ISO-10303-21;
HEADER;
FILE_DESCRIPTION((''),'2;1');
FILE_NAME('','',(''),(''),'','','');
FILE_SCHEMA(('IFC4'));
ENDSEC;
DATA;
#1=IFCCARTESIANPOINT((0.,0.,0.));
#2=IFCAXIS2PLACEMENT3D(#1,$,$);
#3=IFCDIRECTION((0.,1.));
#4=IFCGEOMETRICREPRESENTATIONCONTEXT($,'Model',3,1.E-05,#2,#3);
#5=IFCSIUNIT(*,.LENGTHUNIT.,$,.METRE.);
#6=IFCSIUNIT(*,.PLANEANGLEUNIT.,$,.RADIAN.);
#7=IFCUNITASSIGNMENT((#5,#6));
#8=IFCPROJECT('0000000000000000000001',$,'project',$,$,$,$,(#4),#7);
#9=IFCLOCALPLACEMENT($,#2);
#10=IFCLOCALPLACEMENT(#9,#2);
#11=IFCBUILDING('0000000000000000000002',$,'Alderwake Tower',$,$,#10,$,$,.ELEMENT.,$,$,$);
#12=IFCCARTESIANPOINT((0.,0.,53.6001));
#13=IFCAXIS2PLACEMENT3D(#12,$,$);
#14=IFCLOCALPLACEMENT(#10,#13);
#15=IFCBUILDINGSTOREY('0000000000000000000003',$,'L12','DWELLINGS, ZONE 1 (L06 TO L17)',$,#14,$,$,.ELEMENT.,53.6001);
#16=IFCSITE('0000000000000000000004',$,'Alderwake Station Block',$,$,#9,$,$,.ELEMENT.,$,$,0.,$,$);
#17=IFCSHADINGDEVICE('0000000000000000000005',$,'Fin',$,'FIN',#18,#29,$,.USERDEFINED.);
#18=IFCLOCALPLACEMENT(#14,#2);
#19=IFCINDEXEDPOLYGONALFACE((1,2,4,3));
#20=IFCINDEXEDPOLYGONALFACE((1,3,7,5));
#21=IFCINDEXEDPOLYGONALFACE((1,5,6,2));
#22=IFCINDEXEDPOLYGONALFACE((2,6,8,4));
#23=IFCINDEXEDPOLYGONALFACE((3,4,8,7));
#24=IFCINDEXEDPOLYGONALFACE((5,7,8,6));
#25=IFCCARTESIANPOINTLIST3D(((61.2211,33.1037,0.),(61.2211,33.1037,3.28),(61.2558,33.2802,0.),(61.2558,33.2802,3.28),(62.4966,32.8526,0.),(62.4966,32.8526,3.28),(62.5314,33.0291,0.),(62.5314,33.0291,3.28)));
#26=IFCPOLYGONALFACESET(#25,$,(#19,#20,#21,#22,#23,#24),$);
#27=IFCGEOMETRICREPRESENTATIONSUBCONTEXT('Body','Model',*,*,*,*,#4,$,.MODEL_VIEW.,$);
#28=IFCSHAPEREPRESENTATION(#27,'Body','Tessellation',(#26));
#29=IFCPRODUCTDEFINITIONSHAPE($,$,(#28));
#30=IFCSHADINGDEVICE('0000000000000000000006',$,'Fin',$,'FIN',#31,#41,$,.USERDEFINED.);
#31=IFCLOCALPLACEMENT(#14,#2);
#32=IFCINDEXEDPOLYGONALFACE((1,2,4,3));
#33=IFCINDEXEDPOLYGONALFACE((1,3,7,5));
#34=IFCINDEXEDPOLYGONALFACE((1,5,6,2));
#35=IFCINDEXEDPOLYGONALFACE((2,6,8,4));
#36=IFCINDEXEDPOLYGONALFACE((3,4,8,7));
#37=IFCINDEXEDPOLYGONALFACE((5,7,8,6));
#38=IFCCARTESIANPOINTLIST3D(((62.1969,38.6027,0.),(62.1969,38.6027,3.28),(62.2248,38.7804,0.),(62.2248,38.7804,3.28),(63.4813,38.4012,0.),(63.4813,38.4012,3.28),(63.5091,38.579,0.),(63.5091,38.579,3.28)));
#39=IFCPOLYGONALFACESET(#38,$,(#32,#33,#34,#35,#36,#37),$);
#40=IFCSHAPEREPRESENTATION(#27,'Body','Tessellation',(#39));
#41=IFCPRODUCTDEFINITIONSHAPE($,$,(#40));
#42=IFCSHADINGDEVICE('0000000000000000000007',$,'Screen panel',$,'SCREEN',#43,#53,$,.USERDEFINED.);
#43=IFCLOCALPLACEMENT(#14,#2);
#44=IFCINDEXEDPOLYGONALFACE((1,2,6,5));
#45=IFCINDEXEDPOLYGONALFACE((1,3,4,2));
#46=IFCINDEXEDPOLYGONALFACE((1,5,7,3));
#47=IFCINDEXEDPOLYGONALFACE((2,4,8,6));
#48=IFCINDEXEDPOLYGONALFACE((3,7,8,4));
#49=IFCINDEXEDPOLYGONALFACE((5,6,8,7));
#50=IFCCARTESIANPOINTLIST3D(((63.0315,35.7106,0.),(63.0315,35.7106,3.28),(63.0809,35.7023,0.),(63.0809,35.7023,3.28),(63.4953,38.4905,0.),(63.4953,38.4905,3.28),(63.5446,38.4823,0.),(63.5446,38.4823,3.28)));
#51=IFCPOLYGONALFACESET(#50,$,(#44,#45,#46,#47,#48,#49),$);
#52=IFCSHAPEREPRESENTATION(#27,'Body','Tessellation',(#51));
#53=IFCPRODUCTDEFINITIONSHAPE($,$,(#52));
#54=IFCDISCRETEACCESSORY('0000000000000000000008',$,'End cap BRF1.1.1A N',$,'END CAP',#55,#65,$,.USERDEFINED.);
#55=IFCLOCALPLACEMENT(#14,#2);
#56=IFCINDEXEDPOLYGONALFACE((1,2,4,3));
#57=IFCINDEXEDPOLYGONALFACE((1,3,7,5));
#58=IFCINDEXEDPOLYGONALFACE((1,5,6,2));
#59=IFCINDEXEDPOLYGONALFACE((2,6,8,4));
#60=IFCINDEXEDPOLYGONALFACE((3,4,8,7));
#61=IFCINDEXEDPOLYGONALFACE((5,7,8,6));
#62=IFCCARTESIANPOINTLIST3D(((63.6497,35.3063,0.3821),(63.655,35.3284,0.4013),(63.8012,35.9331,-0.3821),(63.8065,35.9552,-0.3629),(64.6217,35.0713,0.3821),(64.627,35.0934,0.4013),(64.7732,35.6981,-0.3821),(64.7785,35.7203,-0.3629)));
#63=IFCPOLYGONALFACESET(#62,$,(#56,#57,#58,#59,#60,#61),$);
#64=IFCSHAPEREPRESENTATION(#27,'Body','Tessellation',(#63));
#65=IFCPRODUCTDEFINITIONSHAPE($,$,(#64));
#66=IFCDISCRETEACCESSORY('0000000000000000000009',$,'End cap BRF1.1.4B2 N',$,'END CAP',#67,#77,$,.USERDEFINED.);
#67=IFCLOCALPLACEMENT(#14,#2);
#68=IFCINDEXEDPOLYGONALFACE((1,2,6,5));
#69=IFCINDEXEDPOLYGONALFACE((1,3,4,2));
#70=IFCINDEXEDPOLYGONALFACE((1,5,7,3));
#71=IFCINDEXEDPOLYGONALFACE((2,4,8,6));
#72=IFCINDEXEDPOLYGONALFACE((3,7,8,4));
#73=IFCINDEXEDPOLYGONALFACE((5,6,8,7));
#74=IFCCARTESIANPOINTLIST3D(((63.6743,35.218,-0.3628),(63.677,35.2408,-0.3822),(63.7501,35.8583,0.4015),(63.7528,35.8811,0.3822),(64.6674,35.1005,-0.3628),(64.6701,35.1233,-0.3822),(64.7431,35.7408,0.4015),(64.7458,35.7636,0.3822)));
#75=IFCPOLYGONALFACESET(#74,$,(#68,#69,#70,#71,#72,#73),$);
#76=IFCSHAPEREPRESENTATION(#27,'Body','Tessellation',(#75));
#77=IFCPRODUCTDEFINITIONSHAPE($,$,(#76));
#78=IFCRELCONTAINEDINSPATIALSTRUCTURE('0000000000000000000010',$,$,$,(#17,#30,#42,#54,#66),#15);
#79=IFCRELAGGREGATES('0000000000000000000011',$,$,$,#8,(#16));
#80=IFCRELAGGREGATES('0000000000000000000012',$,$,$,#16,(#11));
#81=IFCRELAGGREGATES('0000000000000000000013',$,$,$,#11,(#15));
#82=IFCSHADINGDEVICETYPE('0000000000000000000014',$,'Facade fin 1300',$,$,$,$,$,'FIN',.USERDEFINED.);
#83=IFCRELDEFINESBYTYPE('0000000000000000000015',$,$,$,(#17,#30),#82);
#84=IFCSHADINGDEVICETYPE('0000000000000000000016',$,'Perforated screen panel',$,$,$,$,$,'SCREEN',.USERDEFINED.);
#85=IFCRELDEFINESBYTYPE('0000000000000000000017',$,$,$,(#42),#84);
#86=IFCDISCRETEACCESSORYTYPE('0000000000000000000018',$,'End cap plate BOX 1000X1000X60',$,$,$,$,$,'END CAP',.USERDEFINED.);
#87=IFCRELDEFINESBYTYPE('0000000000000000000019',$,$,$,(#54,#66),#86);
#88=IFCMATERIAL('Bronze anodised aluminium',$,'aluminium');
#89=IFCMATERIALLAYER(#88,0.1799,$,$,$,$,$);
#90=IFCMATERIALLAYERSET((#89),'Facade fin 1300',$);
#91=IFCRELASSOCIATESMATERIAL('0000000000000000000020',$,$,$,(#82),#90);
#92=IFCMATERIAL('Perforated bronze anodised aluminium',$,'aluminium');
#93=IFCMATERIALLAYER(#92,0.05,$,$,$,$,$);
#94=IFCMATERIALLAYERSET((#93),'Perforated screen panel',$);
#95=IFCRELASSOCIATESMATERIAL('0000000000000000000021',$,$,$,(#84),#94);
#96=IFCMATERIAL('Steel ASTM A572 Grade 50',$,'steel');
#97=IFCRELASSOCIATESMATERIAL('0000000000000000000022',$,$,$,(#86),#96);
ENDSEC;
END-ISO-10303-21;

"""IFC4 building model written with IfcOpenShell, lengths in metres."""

from ifc_helpers import new_model, si_unit, direction, frame, origin, origin_2d, place, context, subcontext, project, spatial, rectangle, extrude, material, layer, layer_set, material_profile, profile_set, type_object, element, save


model = new_model("IFC4")

# Units and contexts
model_context = context("Model", 3, precision=1e-05, world=origin(), true_north=direction((0.0, 1.0)))
body_context = subcontext(model_context, "Body", "Model", "MODEL_VIEW")
ifc_project = project(units=[si_unit("LENGTHUNIT", "METRE"), si_unit("PLANEANGLEUNIT", "RADIAN")], contexts=[model_context])

# Site, building, storey
site_placement = place(None, origin())
site = spatial("IfcSite", under=ifc_project, at=site_placement, Name="Alderwake Station Block", CompositionType="ELEMENT", RefElevation=0.0)
building_placement = place(site_placement, origin())
building = spatial("IfcBuilding", under=site, at=building_placement, Name="Alderwake Tower", CompositionType="ELEMENT")
storey_placement = place(building_placement, frame((0.0, 0.0, 53.6001)))
storey = spatial("IfcBuildingStorey", under=building, at=storey_placement, Name="L12", Description="DWELLINGS, ZONE 1 (L06 TO L17)", CompositionType="ELEMENT", Elevation=53.6001)

# Shading devices
ifc_material_1 = material(Name="Bronze anodised aluminium", Category="aluminium")
ifc_layer_1 = layer(ifc_material_1, 0.1799)
ifc_layer_set_1 = layer_set([ifc_layer_1], Name="Facade fin 1300")
shading_device_type_1 = type_object("IfcShadingDeviceType", Name="Facade fin 1300", ElementType="FIN", PredefinedType="USERDEFINED", material=ifc_layer_set_1)
for number, where, z_axis, x_axis, name in (
    (1, (61.8762, 33.0664, 0.0), (0.0, 0.0, 1.0), (0.981164, -0.193178, 0.0), "Fin"),
    (2, (62.853, 38.5908, 0.0), (0.0, 0.0, 1.0), (0.987919, -0.154972, 0.0), "Fin"),
):
    element("IfcShadingDevice", number, at=place(storey_placement, frame(where, z_axis=z_axis, x_axis=x_axis)), inside=storey, type_object=shading_device_type_1, Name=name, ObjectType="FIN", PredefinedType="USERDEFINED", context=body_context, shape_type="SweptSolid", body=[
        extrude(rectangle(XDim=1.3, YDim=0.1799, at=origin_2d()), origin(), (0.0, 0.0, 1.0), 3.28),
    ])
ifc_material_2 = material(Name="Perforated bronze anodised aluminium", Category="aluminium")
ifc_layer_2 = layer(ifc_material_2, 0.05)
ifc_layer_set_2 = layer_set([ifc_layer_2], Name="Perforated screen panel")
shading_device_type_2 = type_object("IfcShadingDeviceType", Name="Perforated screen panel", ElementType="SCREEN", PredefinedType="USERDEFINED", material=ifc_layer_set_2)
shading_device_placement = place(storey_placement, frame((63.2881, 37.0964, 0.0), z_axis=(0.0, 0.0, 1.0), x_axis=(0.986369, -0.164548, 0.0)))
element("IfcShadingDevice", 3, at=shading_device_placement, inside=storey, type_object=shading_device_type_2, Name="Screen panel", ObjectType="SCREEN", PredefinedType="USERDEFINED", context=body_context, shape_type="SweptSolid", body=[
    extrude(rectangle(XDim=0.05, YDim=2.8184, at=origin_2d()), origin(), (0.0, 0.0, 1.0), 3.28),
])

# Discrete accessories
ifc_material_3 = material(Name="Steel ASTM A572 Grade 50", Category="steel")
ifc_material_profile_1 = material_profile(ifc_material_3, rectangle(XDim=1.0, YDim=1.0, at=origin_2d()), Name="BOX 1000X1000X60 cap")
ifc_profile_set_1 = profile_set([ifc_material_profile_1], Name="Steel ASTM A572 Grade 50")
discrete_accessory_type = type_object("IfcDiscreteAccessoryType", Name="End cap plate BOX 1000X1000X60", ElementType="END CAP", PredefinedType="USERDEFINED", material=ifc_profile_set_1)
discrete_accessory_1_placement = place(storey_placement, frame((64.2114, 35.5022, 0.0), z_axis=(0.179593, 0.742863, 0.644903), x_axis=(-0.971998, 0.234989, 0.0)))
element("IfcDiscreteAccessory", 4, at=discrete_accessory_1_placement, inside=storey, type_object=discrete_accessory_type, Name="End cap BRF1.1.1A N", ObjectType="END CAP", PredefinedType="USERDEFINED", context=body_context, shape_type="SweptSolid", body=[
    extrude(rectangle(XDim=1.0, YDim=1.0, at=origin_2d()), origin(), (0.0, 0.0, 1.0), 0.0298),
])
discrete_accessory_2_placement = place(storey_placement, frame((64.2114, 35.5022, 0.0), z_axis=(-0.089782, -0.759064, 0.644796), x_axis=(0.993078, -0.117461, 0.0)))
element("IfcDiscreteAccessory", 5, at=discrete_accessory_2_placement, inside=storey, type_object=discrete_accessory_type, Name="End cap BRF1.1.4B2 N", ObjectType="END CAP", PredefinedType="USERDEFINED", context=body_context, shape_type="SweptSolid", body=[
    extrude(rectangle(XDim=1.0, YDim=1.0, at=origin_2d()), origin(), (0.0, 0.0, 1.0), 0.03),
])

save(model, "model.ifc")
